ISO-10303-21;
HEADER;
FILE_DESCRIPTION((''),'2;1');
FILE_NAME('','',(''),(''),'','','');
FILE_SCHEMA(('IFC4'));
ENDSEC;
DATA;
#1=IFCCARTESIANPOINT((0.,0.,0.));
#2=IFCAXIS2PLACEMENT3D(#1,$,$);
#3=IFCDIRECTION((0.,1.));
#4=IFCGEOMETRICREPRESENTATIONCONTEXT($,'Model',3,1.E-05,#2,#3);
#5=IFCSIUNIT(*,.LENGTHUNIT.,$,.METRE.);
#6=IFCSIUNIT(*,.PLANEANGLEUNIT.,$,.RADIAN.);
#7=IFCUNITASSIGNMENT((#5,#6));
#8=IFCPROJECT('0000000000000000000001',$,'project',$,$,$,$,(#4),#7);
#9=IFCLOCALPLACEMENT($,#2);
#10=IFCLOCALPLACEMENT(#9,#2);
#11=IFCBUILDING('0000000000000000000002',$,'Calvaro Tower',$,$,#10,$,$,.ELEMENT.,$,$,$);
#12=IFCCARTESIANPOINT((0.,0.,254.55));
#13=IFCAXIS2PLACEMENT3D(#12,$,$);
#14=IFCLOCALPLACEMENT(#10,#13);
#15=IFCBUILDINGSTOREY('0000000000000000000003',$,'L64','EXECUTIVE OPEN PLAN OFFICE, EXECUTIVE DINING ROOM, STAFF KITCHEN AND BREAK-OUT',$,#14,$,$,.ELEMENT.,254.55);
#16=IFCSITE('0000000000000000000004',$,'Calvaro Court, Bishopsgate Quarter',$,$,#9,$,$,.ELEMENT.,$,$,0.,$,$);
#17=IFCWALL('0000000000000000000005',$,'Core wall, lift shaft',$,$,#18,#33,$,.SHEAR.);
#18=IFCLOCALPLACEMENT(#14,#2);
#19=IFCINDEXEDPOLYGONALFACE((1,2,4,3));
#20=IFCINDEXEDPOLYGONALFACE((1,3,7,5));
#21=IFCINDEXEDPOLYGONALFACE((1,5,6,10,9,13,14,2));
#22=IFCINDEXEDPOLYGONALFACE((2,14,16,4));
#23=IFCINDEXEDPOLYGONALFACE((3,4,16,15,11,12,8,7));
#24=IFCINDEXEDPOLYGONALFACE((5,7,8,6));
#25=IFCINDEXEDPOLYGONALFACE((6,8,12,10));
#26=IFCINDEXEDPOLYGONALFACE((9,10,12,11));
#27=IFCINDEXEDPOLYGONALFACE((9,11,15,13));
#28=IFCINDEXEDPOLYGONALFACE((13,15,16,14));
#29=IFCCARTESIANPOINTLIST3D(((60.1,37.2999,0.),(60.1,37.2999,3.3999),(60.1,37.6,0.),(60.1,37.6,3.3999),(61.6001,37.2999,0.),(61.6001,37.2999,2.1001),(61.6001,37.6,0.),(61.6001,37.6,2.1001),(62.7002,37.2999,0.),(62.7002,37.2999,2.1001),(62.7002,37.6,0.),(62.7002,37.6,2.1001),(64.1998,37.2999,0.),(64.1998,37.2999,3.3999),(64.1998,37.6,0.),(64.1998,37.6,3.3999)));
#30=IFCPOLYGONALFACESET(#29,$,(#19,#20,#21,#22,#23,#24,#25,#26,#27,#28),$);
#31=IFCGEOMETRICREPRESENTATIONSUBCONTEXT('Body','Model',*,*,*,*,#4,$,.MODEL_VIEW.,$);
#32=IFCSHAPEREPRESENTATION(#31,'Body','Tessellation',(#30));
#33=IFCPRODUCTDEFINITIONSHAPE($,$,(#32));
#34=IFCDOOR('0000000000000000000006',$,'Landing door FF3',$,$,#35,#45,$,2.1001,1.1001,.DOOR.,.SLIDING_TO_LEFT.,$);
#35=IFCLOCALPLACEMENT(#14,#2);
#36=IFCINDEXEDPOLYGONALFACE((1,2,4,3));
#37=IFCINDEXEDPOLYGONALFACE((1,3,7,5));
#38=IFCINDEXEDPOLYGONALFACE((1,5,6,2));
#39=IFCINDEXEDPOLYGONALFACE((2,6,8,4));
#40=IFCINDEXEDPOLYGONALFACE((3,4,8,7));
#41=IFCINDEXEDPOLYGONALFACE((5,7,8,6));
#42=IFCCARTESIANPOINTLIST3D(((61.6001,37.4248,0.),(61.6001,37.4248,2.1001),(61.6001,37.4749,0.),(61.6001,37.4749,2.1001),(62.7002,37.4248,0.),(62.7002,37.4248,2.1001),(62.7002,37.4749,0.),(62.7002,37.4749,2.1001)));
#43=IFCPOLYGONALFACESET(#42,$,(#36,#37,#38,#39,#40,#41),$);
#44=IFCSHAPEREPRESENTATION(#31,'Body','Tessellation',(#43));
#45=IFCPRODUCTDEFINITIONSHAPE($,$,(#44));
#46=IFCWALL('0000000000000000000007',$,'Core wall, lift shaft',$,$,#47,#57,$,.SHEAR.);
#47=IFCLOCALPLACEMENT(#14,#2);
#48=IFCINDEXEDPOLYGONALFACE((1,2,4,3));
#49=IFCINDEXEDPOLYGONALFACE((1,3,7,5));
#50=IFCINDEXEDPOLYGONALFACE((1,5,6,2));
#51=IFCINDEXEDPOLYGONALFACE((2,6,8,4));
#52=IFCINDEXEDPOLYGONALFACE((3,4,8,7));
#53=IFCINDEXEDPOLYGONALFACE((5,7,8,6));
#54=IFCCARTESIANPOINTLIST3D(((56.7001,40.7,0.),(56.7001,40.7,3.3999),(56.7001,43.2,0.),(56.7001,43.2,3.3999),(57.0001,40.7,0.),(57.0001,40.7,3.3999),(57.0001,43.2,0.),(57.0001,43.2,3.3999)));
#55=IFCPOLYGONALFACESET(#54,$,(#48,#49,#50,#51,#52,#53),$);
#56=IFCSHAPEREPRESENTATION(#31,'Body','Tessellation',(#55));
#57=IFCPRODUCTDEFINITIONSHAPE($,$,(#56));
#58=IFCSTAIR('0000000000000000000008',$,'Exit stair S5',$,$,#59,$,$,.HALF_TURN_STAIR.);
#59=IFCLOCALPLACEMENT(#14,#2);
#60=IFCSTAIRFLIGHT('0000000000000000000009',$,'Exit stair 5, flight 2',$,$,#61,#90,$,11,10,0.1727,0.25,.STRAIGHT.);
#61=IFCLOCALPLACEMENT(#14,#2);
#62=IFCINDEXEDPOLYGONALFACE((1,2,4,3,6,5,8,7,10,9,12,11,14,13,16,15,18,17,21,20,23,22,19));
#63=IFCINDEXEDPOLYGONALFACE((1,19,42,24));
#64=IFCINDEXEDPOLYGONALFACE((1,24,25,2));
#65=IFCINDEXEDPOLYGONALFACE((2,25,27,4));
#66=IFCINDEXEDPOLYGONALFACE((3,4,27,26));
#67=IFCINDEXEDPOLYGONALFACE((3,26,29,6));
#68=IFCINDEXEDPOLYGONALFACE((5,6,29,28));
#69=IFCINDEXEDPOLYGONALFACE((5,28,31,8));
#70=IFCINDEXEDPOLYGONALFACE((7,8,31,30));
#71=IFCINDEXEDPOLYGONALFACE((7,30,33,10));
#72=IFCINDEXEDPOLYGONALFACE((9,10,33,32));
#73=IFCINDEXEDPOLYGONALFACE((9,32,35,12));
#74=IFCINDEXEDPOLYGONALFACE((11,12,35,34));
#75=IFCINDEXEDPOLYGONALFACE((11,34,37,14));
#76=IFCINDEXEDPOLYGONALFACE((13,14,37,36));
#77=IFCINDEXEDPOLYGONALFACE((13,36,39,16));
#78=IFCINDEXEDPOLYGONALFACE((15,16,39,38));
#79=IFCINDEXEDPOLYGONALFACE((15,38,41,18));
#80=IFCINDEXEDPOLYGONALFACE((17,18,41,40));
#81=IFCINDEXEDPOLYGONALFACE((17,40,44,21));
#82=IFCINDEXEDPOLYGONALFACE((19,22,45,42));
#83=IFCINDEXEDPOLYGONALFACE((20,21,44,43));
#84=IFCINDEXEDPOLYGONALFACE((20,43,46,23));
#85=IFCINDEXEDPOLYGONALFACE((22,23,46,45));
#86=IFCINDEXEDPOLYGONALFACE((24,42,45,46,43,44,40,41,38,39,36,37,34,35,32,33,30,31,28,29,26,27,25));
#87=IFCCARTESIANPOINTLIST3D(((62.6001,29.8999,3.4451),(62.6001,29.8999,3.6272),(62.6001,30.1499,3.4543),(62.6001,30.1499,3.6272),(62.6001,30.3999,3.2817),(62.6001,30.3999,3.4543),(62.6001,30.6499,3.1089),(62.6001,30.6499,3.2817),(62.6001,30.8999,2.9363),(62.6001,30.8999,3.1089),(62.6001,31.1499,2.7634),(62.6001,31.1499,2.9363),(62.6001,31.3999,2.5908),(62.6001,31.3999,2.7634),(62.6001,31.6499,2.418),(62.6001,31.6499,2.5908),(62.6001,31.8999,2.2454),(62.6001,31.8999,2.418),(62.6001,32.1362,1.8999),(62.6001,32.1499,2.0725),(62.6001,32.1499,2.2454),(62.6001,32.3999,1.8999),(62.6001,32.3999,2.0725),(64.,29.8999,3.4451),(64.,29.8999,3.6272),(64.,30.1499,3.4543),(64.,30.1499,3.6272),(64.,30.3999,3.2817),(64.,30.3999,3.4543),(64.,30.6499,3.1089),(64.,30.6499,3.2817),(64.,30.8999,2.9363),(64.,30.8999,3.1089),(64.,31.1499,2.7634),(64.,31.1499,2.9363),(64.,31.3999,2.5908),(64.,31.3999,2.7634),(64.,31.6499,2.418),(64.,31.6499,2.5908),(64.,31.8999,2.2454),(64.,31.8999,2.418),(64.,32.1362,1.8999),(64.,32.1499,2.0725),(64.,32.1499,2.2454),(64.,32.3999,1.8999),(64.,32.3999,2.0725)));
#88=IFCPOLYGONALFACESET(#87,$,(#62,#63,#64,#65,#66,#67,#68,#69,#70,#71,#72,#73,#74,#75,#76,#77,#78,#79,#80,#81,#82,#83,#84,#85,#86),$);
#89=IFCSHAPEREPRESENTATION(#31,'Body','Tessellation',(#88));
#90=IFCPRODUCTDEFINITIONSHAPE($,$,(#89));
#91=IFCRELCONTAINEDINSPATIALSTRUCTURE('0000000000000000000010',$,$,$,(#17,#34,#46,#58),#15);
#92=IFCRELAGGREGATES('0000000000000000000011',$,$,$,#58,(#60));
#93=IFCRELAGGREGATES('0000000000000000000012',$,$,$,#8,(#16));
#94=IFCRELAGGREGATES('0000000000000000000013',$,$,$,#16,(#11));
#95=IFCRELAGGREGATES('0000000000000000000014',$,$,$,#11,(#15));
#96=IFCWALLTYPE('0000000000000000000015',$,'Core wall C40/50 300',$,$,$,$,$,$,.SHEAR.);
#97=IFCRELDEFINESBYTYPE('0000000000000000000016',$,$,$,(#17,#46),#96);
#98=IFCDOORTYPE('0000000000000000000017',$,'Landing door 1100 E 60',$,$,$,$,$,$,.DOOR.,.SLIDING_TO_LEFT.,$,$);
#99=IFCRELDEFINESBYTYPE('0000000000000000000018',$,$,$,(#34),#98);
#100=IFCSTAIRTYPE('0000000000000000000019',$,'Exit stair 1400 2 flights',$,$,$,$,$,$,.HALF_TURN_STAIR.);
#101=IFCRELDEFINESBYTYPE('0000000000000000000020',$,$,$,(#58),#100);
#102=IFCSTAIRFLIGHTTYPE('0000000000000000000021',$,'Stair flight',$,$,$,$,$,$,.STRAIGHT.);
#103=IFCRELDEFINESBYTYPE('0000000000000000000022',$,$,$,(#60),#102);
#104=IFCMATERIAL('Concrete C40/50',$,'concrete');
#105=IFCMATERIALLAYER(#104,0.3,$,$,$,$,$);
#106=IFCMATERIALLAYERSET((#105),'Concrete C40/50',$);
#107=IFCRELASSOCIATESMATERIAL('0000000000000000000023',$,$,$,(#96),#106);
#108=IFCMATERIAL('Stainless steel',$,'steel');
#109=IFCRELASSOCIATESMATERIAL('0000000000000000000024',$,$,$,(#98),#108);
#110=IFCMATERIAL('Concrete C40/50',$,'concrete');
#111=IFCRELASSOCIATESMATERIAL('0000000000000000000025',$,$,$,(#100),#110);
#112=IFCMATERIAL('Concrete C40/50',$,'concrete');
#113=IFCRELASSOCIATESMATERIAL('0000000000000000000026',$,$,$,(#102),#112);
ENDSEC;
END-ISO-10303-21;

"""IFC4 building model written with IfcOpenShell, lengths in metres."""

from ifc_helpers import new_model, si_unit, direction, frame, frame_2d, origin, place, context, subcontext, project, spatial, polyline, rectangle, outline, extrude, material, layer, layer_set, type_object, element, fill, aggregate, save


model = new_model("IFC4")

# Units and contexts
model_context = context("Model", 3, precision=1e-05, world=origin(), true_north=direction((0.0, 1.0)))
body_context = subcontext(model_context, "Body", "Model", "MODEL_VIEW")
ifc_project = project(units=[si_unit("LENGTHUNIT", "METRE"), si_unit("PLANEANGLEUNIT", "RADIAN")], contexts=[model_context])

# Site, building, storey
site_placement = place(None, origin())
site = spatial("IfcSite", under=ifc_project, at=site_placement, Name="Calvaro Court, Bishopsgate Quarter", CompositionType="ELEMENT", RefElevation=0.0)
building_placement = place(site_placement, origin())
building = spatial("IfcBuilding", under=site, at=building_placement, Name="Calvaro Tower", CompositionType="ELEMENT")
storey_placement = place(building_placement, frame((0.0, 0.0, 254.55)))
storey = spatial("IfcBuildingStorey", under=building, at=storey_placement, Name="L64", Description="EXECUTIVE OPEN PLAN OFFICE, EXECUTIVE DINING ROOM, STAFF KITCHEN AND BREAK-OUT", CompositionType="ELEMENT", Elevation=254.55)

# Shared definitions
ifc_material_1 = material(Name="Concrete C40/50", Category="concrete")
ifc_layer_1 = layer(ifc_material_1, 0.3)
ifc_layer_set_1 = layer_set([ifc_layer_1], Name="Concrete C40/50")
wall_type_1 = type_object("IfcWallType", Name="Core wall C40/50 300", PredefinedType="SHEAR", material=ifc_layer_set_1)

# Wall, opening, door
wall_1_placement = place(storey_placement, frame((60.1001, 37.45, 0.0), z_axis=(0.0, 0.0, 1.0), x_axis=(1.0, 0.0, 0.0)))
wall_1 = element("IfcWall", 1, at=wall_1_placement, inside=storey, type_object=wall_type_1, Name="Core wall, lift shaft", PredefinedType="SHEAR", context=body_context, shape_type="SweptSolid", body=[
    extrude(rectangle(XDim=4.0999, YDim=0.3, at=frame_2d((2.0498, 0.0))), origin(), (0.0, 0.0, 1.0), 3.3999),
])
opening_1_placement = place(wall_1_placement, frame((1.5, 0.0, 0.0)))
opening_1 = element("IfcOpeningElement", 2, at=opening_1_placement, cuts=wall_1, PredefinedType="OPENING", context=body_context, shape_type="SweptSolid", body=[
    extrude(rectangle(XDim=1.1001, YDim=2.1001, at=frame_2d((0.55, 1.05))), frame((0.0, 0.1599, 0.0), z_axis=(0.0, -1.0, 0.0), x_axis=(1.0, 0.0, 0.0)), (0.0, 0.0, 1.0), 0.3201),
])
ifc_material_2 = material(Name="Stainless steel", Category="steel")
door_type_1 = type_object("IfcDoorType", Name="Landing door 1100 E 60", OperationType="SLIDING_TO_LEFT", PredefinedType="DOOR", material=ifc_material_2)
door_1_placement = place(opening_1_placement, origin())
door_1 = element("IfcDoor", 3, at=door_1_placement, inside=storey, type_object=door_type_1, Name="Landing door FF3", OperationType="SLIDING_TO_LEFT", OverallHeight=2.1001, OverallWidth=1.1001, PredefinedType="DOOR", context=body_context, shape_type="SweptSolid", body=[
    extrude(rectangle(XDim=1.1001, YDim=2.1001, at=frame_2d((0.55, 1.05))), frame((0.0, 0.0249, 0.0), z_axis=(0.0, -1.0, 0.0), x_axis=(1.0, 0.0, 0.0)), (0.0, 0.0, 1.0), 0.05),
])
fill(opening_1, door_1)

# Wall
wall_2_placement = place(storey_placement, frame((56.8501, 40.7, 0.0), z_axis=(0.0, 0.0, 1.0), x_axis=(0.0, 1.0, 0.0)))
element("IfcWall", 4, at=wall_2_placement, inside=storey, type_object=wall_type_1, Name="Core wall, lift shaft", PredefinedType="SHEAR", context=body_context, shape_type="SweptSolid", body=[
    extrude(rectangle(XDim=2.5, YDim=0.3, at=frame_2d((1.25, 0.0))), origin(), (0.0, 0.0, 1.0), 3.3999),
])

# Stair, stair flight
ifc_material_3 = material(Name="Concrete C40/50", Category="concrete")
stair_type = type_object("IfcStairType", Name="Exit stair 1400 2 flights", PredefinedType="HALF_TURN_STAIR", material=ifc_material_3)
stair_placement = place(storey_placement, origin())
stair = element("IfcStair", 5, at=stair_placement, inside=storey, type_object=stair_type, Name="Exit stair S5", PredefinedType="HALF_TURN_STAIR")
ifc_material_4 = material(Name="Concrete C40/50", Category="concrete")
stair_flight_type = type_object("IfcStairFlightType", Name="Stair flight", PredefinedType="STRAIGHT", material=ifc_material_4)
stair_flight_placement = place(storey_placement, frame((63.3, 32.3999, 1.8999), z_axis=(0.0, 0.0, 1.0), x_axis=(0.0, -1.0, 0.0)))
stair_flight = element("IfcStairFlight", 6, at=stair_flight_placement, type_object=stair_flight_type, Name="Exit stair 5, flight 2", NumberOfRisers=11, NumberOfTreads=10, PredefinedType="STRAIGHT", RiserHeight=0.1727, TreadLength=0.25, context=body_context, shape_type="SweptSolid", body=[
    extrude(outline(polyline([(0.0, 0.0), (0.0, 0.1726), (0.25, 0.1726), (0.25, 0.3455), (0.5, 0.3455), (0.5, 0.5181), (0.75, 0.5181), (0.75, 0.6909), (1.0, 0.6909), (1.0, 0.8635), (1.25, 0.8635), (1.25, 1.0364), (1.5, 1.0364), (1.5, 1.209), (1.75, 1.209), (1.75, 1.3818), (2.0, 1.3818), (2.0, 1.5544), (2.25, 1.5544), (2.25, 1.7273), (2.5, 1.7273), (2.5, 1.8999), (2.5, 1.5452), (0.2637, 0.0), (0.0, 0.0)])), frame((0.0, 0.7, 0.0), z_axis=(0.0, -1.0, 0.0), x_axis=(1.0, 0.0, 0.0)), (0.0, 0.0, 1.0), 1.3999),
])
aggregate(stair, [stair_flight])

save(model, "model.ifc")
